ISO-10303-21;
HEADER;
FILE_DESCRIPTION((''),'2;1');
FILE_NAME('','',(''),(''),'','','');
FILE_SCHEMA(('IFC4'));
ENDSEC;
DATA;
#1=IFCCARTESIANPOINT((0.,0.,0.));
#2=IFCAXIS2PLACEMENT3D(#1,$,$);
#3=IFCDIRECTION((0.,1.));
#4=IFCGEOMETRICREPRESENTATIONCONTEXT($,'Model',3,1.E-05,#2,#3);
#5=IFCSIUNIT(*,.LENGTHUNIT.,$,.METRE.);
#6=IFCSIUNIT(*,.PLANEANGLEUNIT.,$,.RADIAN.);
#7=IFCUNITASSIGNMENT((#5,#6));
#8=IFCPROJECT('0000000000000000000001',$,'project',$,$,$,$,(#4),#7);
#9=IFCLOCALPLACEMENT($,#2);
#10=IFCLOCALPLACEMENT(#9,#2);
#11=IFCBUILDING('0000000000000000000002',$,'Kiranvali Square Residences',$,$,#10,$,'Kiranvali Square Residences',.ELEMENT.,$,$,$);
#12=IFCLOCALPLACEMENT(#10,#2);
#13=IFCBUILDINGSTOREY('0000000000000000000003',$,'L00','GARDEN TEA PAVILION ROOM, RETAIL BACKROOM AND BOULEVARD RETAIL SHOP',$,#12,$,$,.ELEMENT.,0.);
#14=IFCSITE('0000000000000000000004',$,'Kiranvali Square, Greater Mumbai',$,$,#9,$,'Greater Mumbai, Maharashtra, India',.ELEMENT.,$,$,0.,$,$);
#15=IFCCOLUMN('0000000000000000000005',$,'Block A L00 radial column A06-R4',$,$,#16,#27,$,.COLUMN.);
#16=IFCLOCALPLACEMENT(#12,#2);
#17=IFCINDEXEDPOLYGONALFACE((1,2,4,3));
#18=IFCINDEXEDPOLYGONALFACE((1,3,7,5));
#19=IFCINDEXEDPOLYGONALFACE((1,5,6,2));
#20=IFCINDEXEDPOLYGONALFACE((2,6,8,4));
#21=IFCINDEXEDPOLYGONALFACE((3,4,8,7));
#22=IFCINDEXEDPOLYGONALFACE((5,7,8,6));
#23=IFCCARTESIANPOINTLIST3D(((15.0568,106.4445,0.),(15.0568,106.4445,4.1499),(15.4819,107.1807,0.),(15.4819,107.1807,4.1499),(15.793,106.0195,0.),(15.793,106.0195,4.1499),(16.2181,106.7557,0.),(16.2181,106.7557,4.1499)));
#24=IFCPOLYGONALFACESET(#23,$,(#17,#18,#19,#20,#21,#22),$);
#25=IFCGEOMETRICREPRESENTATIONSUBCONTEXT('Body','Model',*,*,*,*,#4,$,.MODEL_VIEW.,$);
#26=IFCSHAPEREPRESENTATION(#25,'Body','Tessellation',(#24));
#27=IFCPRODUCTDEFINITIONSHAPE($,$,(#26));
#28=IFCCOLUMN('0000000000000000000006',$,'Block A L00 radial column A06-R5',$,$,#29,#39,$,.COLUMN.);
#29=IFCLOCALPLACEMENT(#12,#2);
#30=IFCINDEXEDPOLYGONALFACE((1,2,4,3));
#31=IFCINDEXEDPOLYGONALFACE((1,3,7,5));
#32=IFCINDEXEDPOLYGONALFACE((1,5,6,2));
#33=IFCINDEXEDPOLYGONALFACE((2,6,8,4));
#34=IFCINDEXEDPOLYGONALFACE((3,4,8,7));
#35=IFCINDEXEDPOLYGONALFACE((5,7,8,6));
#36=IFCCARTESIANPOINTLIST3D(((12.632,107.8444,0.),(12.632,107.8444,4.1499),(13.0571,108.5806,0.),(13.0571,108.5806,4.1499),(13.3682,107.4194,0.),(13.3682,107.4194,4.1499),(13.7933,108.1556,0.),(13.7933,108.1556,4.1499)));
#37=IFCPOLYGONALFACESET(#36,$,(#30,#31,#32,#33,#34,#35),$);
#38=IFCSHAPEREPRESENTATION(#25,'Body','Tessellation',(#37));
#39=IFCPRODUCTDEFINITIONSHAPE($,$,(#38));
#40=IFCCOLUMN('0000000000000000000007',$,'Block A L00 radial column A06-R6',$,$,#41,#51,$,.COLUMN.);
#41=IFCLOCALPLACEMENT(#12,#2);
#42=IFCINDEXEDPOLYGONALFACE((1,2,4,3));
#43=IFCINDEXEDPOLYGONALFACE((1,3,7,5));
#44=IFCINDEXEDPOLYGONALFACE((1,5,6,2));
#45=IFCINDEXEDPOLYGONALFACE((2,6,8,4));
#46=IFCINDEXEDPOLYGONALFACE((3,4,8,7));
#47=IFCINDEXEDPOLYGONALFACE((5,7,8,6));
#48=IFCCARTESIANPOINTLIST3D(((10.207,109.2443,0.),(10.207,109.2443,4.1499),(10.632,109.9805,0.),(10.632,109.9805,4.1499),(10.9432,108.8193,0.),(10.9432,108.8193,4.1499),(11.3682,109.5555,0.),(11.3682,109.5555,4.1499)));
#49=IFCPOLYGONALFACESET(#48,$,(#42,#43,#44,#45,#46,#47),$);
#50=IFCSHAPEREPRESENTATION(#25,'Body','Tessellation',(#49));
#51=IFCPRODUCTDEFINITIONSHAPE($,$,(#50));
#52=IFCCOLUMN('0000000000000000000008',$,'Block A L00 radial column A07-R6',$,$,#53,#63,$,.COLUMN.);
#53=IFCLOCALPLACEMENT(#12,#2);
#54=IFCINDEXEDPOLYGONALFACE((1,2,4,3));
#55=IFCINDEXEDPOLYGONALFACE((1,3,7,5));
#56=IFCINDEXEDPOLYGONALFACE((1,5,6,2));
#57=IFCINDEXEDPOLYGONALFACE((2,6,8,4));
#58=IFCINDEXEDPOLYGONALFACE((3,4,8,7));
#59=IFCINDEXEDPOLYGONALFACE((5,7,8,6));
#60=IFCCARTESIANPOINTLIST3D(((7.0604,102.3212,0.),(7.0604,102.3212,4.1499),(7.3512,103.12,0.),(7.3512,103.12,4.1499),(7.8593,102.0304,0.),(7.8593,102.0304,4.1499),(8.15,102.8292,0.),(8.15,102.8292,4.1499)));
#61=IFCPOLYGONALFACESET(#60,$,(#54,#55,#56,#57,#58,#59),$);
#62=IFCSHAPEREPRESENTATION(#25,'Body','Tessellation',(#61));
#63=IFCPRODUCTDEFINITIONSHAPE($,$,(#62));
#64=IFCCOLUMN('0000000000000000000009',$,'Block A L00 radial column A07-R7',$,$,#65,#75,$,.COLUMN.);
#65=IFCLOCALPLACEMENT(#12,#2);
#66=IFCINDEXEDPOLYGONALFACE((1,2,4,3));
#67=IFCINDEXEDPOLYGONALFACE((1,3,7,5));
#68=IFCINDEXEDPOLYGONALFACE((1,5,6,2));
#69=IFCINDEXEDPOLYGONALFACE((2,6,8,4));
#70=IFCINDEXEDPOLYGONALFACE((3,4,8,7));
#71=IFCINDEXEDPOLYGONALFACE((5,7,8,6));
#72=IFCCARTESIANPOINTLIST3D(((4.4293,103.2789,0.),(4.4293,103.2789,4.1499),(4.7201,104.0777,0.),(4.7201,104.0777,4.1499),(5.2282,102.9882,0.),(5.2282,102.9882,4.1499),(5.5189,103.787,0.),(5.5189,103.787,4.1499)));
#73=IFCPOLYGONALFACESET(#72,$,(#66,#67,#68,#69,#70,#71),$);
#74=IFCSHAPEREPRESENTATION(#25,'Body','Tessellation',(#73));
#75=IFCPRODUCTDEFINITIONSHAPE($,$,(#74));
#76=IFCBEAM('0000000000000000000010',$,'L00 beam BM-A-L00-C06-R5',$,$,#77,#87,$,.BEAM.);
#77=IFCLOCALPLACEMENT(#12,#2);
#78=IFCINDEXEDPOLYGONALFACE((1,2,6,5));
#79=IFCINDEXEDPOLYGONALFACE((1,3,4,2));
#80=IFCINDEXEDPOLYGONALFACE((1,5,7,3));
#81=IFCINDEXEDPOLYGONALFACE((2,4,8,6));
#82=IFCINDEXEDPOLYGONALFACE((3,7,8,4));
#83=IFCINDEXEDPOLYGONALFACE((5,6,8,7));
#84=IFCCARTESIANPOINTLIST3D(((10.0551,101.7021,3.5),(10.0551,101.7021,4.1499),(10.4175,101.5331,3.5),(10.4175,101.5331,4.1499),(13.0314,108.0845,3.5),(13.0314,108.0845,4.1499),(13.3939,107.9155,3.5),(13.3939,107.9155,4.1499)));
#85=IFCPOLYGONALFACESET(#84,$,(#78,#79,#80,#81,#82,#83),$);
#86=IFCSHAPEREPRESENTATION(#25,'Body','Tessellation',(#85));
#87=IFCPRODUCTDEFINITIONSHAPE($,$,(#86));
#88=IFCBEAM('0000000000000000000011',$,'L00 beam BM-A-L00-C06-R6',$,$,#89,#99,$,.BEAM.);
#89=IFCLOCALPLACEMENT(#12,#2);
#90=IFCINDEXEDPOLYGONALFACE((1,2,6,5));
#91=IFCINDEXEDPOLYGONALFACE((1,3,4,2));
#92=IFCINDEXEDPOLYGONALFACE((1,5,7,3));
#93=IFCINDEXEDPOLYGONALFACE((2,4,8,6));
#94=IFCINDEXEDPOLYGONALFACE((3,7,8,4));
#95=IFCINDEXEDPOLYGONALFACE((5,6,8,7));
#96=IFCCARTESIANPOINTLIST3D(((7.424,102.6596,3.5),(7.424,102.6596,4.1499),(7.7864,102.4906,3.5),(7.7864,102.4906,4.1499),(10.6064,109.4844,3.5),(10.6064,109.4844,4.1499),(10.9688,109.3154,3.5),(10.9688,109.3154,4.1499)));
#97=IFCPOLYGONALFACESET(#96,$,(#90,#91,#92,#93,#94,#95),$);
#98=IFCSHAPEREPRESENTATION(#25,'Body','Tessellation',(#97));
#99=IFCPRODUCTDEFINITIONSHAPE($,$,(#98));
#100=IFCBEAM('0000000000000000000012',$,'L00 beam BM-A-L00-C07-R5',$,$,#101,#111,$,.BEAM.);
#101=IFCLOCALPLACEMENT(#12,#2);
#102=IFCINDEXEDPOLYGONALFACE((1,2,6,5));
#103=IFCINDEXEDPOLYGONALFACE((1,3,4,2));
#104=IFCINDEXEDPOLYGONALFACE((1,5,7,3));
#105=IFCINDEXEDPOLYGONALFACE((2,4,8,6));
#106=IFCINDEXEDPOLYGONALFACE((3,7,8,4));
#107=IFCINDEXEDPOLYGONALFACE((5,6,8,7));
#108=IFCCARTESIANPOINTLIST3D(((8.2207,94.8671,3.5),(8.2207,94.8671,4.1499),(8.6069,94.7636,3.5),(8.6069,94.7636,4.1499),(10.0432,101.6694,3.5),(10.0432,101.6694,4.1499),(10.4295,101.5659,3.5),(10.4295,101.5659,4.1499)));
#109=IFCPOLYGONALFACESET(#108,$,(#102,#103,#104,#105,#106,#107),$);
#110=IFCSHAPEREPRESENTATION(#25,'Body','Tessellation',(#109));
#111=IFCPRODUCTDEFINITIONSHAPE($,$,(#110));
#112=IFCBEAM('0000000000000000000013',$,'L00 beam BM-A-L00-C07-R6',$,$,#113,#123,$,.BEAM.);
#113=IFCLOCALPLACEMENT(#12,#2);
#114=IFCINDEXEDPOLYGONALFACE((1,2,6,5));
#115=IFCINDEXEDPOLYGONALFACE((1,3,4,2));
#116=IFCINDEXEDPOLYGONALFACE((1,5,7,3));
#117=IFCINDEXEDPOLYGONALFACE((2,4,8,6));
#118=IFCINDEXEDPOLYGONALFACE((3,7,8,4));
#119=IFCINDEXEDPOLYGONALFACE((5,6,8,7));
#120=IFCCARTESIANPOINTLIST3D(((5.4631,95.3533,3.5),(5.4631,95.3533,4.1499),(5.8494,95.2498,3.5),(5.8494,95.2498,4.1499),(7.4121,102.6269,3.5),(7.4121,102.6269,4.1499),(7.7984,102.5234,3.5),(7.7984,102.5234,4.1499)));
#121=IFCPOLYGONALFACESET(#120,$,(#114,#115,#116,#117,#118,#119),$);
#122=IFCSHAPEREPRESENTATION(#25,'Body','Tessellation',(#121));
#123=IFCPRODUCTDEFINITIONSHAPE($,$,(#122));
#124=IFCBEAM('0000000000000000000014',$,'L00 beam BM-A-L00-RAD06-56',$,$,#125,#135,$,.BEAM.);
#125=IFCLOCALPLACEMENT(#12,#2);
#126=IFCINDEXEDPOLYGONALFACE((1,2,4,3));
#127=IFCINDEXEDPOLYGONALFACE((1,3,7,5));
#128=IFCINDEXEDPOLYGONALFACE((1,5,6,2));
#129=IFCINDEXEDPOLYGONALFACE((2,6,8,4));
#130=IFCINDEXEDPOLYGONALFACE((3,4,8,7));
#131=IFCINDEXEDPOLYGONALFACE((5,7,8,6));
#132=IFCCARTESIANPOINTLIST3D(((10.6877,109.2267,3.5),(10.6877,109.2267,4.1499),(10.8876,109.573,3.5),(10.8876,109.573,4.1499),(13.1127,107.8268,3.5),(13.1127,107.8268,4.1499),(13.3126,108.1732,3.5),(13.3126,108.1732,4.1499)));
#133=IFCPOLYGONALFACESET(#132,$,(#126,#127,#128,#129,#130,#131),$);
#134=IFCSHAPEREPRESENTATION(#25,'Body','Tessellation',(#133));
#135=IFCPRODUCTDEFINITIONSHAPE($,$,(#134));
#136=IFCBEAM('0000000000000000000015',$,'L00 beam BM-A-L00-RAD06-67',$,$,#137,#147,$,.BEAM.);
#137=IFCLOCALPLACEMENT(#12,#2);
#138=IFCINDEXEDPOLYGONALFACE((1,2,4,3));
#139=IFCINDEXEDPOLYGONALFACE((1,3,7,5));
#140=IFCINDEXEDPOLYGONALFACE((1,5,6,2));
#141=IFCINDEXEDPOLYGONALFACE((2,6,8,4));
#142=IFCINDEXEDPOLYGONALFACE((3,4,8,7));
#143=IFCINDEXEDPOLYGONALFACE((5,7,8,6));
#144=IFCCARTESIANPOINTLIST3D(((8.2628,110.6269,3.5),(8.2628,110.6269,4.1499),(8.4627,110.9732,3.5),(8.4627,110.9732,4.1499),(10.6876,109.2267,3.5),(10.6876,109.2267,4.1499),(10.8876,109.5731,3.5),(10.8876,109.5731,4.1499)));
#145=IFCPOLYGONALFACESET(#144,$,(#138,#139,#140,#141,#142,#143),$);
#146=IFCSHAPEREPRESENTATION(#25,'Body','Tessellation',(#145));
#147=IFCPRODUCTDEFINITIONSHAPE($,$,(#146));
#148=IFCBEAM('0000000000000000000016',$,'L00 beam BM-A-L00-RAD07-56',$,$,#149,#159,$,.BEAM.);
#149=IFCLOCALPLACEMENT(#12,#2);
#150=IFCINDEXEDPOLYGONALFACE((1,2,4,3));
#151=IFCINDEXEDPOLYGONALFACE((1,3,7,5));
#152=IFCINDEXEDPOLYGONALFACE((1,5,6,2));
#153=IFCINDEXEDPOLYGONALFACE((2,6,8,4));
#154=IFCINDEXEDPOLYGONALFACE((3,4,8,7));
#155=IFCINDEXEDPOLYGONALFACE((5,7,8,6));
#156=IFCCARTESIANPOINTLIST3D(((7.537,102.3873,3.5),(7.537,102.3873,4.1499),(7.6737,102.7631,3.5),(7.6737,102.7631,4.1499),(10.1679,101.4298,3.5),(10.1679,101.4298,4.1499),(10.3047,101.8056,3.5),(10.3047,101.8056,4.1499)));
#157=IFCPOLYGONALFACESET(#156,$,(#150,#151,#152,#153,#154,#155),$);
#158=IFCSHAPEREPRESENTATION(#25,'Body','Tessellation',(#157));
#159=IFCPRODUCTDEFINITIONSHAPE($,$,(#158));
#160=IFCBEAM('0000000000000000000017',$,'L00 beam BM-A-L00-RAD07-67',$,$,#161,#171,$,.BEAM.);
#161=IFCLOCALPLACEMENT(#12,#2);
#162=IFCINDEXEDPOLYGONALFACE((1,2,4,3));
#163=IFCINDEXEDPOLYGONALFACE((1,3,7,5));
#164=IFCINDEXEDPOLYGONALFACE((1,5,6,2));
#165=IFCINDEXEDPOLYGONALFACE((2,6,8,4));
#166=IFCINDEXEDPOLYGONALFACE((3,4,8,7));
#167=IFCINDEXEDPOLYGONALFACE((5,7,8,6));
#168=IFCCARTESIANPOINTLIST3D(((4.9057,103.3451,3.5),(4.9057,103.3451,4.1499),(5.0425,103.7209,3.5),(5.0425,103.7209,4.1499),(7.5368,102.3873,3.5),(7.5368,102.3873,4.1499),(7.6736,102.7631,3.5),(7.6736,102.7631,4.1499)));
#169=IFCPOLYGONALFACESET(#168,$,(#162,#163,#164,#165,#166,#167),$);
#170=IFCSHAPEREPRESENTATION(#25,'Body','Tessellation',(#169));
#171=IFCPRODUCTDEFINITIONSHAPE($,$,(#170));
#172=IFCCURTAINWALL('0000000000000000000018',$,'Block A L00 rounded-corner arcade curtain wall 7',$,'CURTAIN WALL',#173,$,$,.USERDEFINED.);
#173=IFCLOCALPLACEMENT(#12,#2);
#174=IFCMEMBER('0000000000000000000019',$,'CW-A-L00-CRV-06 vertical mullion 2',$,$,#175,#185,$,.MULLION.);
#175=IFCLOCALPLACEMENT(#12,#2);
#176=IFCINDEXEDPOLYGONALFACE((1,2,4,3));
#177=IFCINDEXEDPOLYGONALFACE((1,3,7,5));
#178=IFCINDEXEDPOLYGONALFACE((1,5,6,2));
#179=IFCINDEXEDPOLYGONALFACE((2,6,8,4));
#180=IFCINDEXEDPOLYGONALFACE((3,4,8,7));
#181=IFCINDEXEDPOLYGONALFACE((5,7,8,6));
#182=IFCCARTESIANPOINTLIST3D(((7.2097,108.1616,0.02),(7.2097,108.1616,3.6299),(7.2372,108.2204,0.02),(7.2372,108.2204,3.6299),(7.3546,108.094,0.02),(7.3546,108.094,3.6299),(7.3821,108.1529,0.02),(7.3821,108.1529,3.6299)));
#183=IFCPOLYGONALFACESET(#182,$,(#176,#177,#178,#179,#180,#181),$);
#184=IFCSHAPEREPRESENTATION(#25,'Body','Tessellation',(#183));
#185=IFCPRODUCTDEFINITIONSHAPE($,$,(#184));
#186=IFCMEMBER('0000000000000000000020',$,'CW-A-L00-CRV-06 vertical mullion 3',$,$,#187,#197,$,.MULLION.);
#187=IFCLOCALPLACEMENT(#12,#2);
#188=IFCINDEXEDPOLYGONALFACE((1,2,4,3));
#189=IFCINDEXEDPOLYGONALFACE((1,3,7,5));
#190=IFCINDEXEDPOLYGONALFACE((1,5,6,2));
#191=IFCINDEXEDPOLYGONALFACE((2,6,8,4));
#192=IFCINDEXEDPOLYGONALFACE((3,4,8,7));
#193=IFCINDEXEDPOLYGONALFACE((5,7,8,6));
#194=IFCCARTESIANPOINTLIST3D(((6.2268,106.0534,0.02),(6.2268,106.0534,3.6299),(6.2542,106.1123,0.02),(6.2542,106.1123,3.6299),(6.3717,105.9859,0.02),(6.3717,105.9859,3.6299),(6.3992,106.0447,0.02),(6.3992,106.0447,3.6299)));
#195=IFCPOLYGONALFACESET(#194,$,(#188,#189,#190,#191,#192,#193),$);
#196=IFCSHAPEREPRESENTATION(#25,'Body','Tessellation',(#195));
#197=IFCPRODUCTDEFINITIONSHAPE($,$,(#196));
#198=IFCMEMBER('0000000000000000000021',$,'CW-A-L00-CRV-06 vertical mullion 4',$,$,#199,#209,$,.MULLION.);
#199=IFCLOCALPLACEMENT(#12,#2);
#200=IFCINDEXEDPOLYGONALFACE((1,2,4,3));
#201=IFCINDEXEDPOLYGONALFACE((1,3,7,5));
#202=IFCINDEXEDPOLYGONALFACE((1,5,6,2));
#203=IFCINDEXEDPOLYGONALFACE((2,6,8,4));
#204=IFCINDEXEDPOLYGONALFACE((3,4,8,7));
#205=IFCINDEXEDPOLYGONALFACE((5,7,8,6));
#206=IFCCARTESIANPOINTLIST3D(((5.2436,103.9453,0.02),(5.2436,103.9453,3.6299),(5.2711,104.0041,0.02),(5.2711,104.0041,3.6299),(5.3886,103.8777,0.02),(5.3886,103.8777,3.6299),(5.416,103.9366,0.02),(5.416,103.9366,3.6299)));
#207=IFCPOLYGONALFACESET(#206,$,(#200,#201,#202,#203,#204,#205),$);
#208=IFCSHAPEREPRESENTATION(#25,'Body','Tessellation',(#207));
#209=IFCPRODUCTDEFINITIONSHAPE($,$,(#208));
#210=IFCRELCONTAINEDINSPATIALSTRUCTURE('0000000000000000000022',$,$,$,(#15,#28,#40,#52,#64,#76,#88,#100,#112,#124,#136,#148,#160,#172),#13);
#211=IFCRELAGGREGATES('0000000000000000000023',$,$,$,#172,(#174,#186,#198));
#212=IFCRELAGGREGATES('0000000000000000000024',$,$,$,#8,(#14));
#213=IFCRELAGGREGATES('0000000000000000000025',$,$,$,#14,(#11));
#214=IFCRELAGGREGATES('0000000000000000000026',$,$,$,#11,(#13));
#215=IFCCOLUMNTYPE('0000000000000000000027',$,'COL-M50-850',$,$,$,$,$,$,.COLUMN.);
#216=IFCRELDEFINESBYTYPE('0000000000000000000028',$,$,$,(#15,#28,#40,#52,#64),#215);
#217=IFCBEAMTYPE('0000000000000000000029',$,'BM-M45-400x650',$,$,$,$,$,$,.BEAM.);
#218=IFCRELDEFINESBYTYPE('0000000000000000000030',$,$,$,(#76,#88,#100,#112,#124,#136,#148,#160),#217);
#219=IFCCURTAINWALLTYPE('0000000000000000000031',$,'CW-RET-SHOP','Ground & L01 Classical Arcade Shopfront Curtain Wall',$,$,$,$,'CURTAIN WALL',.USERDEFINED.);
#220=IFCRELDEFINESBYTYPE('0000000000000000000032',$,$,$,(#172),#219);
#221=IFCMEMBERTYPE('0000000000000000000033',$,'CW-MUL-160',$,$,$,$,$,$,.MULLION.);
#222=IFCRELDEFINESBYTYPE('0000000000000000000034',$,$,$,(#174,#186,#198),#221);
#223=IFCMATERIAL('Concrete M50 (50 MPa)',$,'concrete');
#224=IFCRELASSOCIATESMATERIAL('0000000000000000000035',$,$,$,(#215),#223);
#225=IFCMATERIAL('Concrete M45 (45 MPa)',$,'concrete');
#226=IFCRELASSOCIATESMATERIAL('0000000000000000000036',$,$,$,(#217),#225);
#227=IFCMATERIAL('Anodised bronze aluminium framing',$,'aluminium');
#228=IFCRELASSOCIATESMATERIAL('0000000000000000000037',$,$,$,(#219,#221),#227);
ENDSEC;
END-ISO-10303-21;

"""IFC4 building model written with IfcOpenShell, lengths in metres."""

from ifc_helpers import new_model, si_unit, direction, frame, origin, origin_2d, place, context, subcontext, project, spatial, rectangle, extrude, material, material_profile, profile_set, type_object, element, aggregate, save


model = new_model("IFC4")

# Units and contexts
model_context = context("Model", 3, precision=1e-05, world=origin(), true_north=direction((0.0, 1.0)))
body_context = subcontext(model_context, "Body", "Model", "MODEL_VIEW")
ifc_project = project(units=[si_unit("LENGTHUNIT", "METRE"), si_unit("PLANEANGLEUNIT", "RADIAN")], contexts=[model_context])

# Site, building, storey
site_placement = place(None, origin())
site = spatial("IfcSite", under=ifc_project, at=site_placement, Name="Kiranvali Square, Greater Mumbai", LongName="Greater Mumbai, Maharashtra, India", CompositionType="ELEMENT", RefElevation=0.0)
building_placement = place(site_placement, origin())
building = spatial("IfcBuilding", under=site, at=building_placement, Name="Kiranvali Square Residences", LongName="Kiranvali Square Residences", CompositionType="ELEMENT")
storey_placement = place(building_placement, origin())
storey = spatial("IfcBuildingStorey", under=building, at=storey_placement, Name="L00", Description="GARDEN TEA PAVILION ROOM, RETAIL BACKROOM AND BOULEVARD RETAIL SHOP", CompositionType="ELEMENT", Elevation=0.0)

# Columns
ifc_material_1 = material(Name="Concrete M50 (50 MPa)", Category="concrete")
ifc_material_profile_1 = material_profile(ifc_material_1, rectangle(XDim=0.8501, YDim=0.8501, at=origin_2d()), Name="RC 850x850")
ifc_profile_set_1 = profile_set([ifc_material_profile_1], Name="Concrete M50 (50 MPa)")
column_type = type_object("IfcColumnType", Name="COL-M50-850", PredefinedType="COLUMN", material=ifc_profile_set_1)
for number, where, z_axis, x_axis, name in (
    (1, (15.6375, 106.6001, 0.0), (0.0, 0.0, 1.0), (0.5, 0.866025, 0.0), "Block A L00 radial column A06-R4"),
    (2, (13.2126, 108.0, 0.0), (0.0, 0.0, 1.0), (0.5, 0.866025, 0.0), "Block A L00 radial column A06-R5"),
    (3, (10.7876, 109.3999, 0.0), (0.0, 0.0, 1.0), (0.5, 0.866025, 0.0), "Block A L00 radial column A06-R6"),
    (4, (7.6052, 102.5752, 0.0), (0.0, 0.0, 1.0), (0.34202, 0.939693, 0.0), "Block A L00 radial column A07-R6"),
    (5, (4.9741, 103.533, 0.0), (0.0, 0.0, 1.0), (0.34202, 0.939693, 0.0), "Block A L00 radial column A07-R7"),
):
    element("IfcColumn", number, at=place(storey_placement, frame(where, z_axis=z_axis, x_axis=x_axis)), inside=storey, type_object=column_type, Name=name, PredefinedType="COLUMN", context=body_context, shape_type="SweptSolid", body=[
        extrude(rectangle(XDim=0.8501, YDim=0.8501, at=origin_2d()), origin(), (0.0, 0.0, 1.0), 4.1499),
    ])

# Beams
ifc_material_2 = material(Name="Concrete M45 (45 MPa)", Category="concrete")
ifc_material_profile_2 = material_profile(ifc_material_2, rectangle(XDim=0.3999, YDim=0.6499, at=origin_2d()), Name="RC 400x650")
ifc_profile_set_2 = profile_set([ifc_material_profile_2], Name="Concrete M45 (45 MPa)")
beam_type_1 = type_object("IfcBeamType", Name="BM-M45-400x650", PredefinedType="BEAM", material=ifc_profile_set_2)
beam_1_placement = place(storey_placement, frame((13.2126, 108.0, 3.825), z_axis=(-0.422641, -0.906297, 0.0), x_axis=(0.906297, -0.422641, 0.0)))
element("IfcBeam", 6, at=beam_1_placement, inside=storey, type_object=beam_type_1, Name="L00 beam BM-A-L00-C06-R5", PredefinedType="BEAM", context=body_context, shape_type="SweptSolid", body=[
    extrude(rectangle(XDim=0.3999, YDim=0.6499, at=origin_2d()), origin(), (0.0, 0.0, 1.0), 7.0422),
])
beam_2_placement = place(storey_placement, frame((10.7876, 109.3999, 3.825), z_axis=(-0.422614, -0.90631, 0.0), x_axis=(0.90631, -0.422614, 0.0)))
element("IfcBeam", 7, at=beam_2_placement, inside=storey, type_object=beam_type_1, Name="L00 beam BM-A-L00-C06-R6", PredefinedType="BEAM", context=body_context, shape_type="SweptSolid", body=[
    extrude(rectangle(XDim=0.3999, YDim=0.6499, at=origin_2d()), origin(), (0.0, 0.0, 1.0), 7.5303),
])
beam_3_placement = place(storey_placement, frame((10.2363, 101.6177, 3.825), z_axis=(-0.2588, -0.965931, 0.0), x_axis=(0.965931, -0.2588, 0.0)))
element("IfcBeam", 8, at=beam_3_placement, inside=storey, type_object=beam_type_1, Name="L00 beam BM-A-L00-C07-R5", PredefinedType="BEAM", context=body_context, shape_type="SweptSolid", body=[
    extrude(rectangle(XDim=0.3999, YDim=0.6499, at=origin_2d()), origin(), (0.0, 0.0, 1.0), 7.0422),
])
beam_4_placement = place(storey_placement, frame((7.6052, 102.5752, 3.825), z_axis=(-0.258819, -0.965926, 0.0), x_axis=(0.965926, -0.258819, 0.0)))
element("IfcBeam", 9, at=beam_4_placement, inside=storey, type_object=beam_type_1, Name="L00 beam BM-A-L00-C07-R6", PredefinedType="BEAM", context=body_context, shape_type="SweptSolid", body=[
    extrude(rectangle(XDim=0.3999, YDim=0.6499, at=origin_2d()), origin(), (0.0, 0.0, 1.0), 7.5303),
])
for number, where, z_axis, x_axis, name in (
    (10, (13.2126, 108.0, 3.825), (-0.866056, 0.499946, 0.0), (-0.499946, -0.866056, 0.0), "L00 beam BM-A-L00-RAD06-56"),
    (11, (10.7876, 109.3999, 3.825), (-0.865997, 0.50005, 0.0), (-0.50005, -0.865997, 0.0), "L00 beam BM-A-L00-RAD06-67"),
):
    element("IfcBeam", number, at=place(storey_placement, frame(where, z_axis=z_axis, x_axis=x_axis)), inside=storey, type_object=beam_type_1, Name=name, PredefinedType="BEAM", context=body_context, shape_type="SweptSolid", body=[
        extrude(rectangle(XDim=0.3999, YDim=0.6499, at=origin_2d()), origin(), (0.0, 0.0, 1.0), 2.8),
    ])
beam_5_placement = place(storey_placement, frame((10.2363, 101.6177, 3.825), z_axis=(-0.939707, 0.341981, 0.0), x_axis=(-0.341981, -0.939707, 0.0)))
element("IfcBeam", 12, at=beam_5_placement, inside=storey, type_object=beam_type_1, Name="L00 beam BM-A-L00-RAD07-56", PredefinedType="BEAM", context=body_context, shape_type="SweptSolid", body=[
    extrude(rectangle(XDim=0.3999, YDim=0.6499, at=origin_2d()), origin(), (0.0, 0.0, 1.0), 2.7998),
])
beam_6_placement = place(storey_placement, frame((7.6052, 102.5752, 3.825), z_axis=(-0.939679, 0.342058, 0.0), x_axis=(-0.342058, -0.939679, 0.0)))
element("IfcBeam", 13, at=beam_6_placement, inside=storey, type_object=beam_type_1, Name="L00 beam BM-A-L00-RAD07-67", PredefinedType="BEAM", context=body_context, shape_type="SweptSolid", body=[
    extrude(rectangle(XDim=0.3999, YDim=0.6499, at=origin_2d()), origin(), (0.0, 0.0, 1.0), 2.8),
])

# Curtain wall, members
ifc_material_3 = material(Name="Anodised bronze aluminium framing", Category="aluminium")
curtain_wall_type = type_object("IfcCurtainWallType", Name="CW-RET-SHOP", Description="Ground & L01 Classical Arcade Shopfront Curtain Wall", ElementType="CURTAIN WALL", PredefinedType="USERDEFINED", material=ifc_material_3)
curtain_wall_1_placement = place(storey_placement, origin())
curtain_wall_1 = element("IfcCurtainWall", 14, at=curtain_wall_1_placement, inside=storey, type_object=curtain_wall_type, Name="Block A L00 rounded-corner arcade curtain wall 7", ObjectType="CURTAIN WALL", PredefinedType="USERDEFINED")
ifc_material_profile_3 = material_profile(ifc_material_3, rectangle(XDim=0.0649, YDim=0.1599, at=origin_2d()), Name="ALU 65x160")
ifc_profile_set_3 = profile_set([ifc_material_profile_3], Name="Anodised bronze aluminium framing")
member_type_1 = type_object("IfcMemberType", Name="CW-MUL-160", PredefinedType="MULLION", material=ifc_profile_set_3)
member_1_placement = place(storey_placement, frame((7.2959, 108.1572, 0.02), z_axis=(0.0, 0.0, 1.0), x_axis=(-0.422618, -0.906308, 0.0)))
member_1 = element("IfcMember", 15, at=member_1_placement, type_object=member_type_1, Name="CW-A-L00-CRV-06 vertical mullion 2", PredefinedType="MULLION", context=body_context, shape_type="SweptSolid", body=[
    extrude(rectangle(XDim=0.0649, YDim=0.1599, at=origin_2d()), origin(), (0.0, 0.0, 1.0), 3.6099),
])
member_2_placement = place(storey_placement, frame((6.313, 106.0491, 0.02), z_axis=(0.0, 0.0, 1.0), x_axis=(-0.422618, -0.906308, 0.0)))
member_2 = element("IfcMember", 16, at=member_2_placement, type_object=member_type_1, Name="CW-A-L00-CRV-06 vertical mullion 3", PredefinedType="MULLION", context=body_context, shape_type="SweptSolid", body=[
    extrude(rectangle(XDim=0.0649, YDim=0.1599, at=origin_2d()), origin(), (0.0, 0.0, 1.0), 3.6099),
])
member_3_placement = place(storey_placement, frame((5.3298, 103.9409, 0.02), z_axis=(0.0, 0.0, 1.0), x_axis=(-0.422618, -0.906308, 0.0)))
member_3 = element("IfcMember", 17, at=member_3_placement, type_object=member_type_1, Name="CW-A-L00-CRV-06 vertical mullion 4", PredefinedType="MULLION", context=body_context, shape_type="SweptSolid", body=[
    extrude(rectangle(XDim=0.0649, YDim=0.1599, at=origin_2d()), origin(), (0.0, 0.0, 1.0), 3.6099),
])

aggregate(curtain_wall_1, [member_1, member_2, member_3])

save(model, "model.ifc")
